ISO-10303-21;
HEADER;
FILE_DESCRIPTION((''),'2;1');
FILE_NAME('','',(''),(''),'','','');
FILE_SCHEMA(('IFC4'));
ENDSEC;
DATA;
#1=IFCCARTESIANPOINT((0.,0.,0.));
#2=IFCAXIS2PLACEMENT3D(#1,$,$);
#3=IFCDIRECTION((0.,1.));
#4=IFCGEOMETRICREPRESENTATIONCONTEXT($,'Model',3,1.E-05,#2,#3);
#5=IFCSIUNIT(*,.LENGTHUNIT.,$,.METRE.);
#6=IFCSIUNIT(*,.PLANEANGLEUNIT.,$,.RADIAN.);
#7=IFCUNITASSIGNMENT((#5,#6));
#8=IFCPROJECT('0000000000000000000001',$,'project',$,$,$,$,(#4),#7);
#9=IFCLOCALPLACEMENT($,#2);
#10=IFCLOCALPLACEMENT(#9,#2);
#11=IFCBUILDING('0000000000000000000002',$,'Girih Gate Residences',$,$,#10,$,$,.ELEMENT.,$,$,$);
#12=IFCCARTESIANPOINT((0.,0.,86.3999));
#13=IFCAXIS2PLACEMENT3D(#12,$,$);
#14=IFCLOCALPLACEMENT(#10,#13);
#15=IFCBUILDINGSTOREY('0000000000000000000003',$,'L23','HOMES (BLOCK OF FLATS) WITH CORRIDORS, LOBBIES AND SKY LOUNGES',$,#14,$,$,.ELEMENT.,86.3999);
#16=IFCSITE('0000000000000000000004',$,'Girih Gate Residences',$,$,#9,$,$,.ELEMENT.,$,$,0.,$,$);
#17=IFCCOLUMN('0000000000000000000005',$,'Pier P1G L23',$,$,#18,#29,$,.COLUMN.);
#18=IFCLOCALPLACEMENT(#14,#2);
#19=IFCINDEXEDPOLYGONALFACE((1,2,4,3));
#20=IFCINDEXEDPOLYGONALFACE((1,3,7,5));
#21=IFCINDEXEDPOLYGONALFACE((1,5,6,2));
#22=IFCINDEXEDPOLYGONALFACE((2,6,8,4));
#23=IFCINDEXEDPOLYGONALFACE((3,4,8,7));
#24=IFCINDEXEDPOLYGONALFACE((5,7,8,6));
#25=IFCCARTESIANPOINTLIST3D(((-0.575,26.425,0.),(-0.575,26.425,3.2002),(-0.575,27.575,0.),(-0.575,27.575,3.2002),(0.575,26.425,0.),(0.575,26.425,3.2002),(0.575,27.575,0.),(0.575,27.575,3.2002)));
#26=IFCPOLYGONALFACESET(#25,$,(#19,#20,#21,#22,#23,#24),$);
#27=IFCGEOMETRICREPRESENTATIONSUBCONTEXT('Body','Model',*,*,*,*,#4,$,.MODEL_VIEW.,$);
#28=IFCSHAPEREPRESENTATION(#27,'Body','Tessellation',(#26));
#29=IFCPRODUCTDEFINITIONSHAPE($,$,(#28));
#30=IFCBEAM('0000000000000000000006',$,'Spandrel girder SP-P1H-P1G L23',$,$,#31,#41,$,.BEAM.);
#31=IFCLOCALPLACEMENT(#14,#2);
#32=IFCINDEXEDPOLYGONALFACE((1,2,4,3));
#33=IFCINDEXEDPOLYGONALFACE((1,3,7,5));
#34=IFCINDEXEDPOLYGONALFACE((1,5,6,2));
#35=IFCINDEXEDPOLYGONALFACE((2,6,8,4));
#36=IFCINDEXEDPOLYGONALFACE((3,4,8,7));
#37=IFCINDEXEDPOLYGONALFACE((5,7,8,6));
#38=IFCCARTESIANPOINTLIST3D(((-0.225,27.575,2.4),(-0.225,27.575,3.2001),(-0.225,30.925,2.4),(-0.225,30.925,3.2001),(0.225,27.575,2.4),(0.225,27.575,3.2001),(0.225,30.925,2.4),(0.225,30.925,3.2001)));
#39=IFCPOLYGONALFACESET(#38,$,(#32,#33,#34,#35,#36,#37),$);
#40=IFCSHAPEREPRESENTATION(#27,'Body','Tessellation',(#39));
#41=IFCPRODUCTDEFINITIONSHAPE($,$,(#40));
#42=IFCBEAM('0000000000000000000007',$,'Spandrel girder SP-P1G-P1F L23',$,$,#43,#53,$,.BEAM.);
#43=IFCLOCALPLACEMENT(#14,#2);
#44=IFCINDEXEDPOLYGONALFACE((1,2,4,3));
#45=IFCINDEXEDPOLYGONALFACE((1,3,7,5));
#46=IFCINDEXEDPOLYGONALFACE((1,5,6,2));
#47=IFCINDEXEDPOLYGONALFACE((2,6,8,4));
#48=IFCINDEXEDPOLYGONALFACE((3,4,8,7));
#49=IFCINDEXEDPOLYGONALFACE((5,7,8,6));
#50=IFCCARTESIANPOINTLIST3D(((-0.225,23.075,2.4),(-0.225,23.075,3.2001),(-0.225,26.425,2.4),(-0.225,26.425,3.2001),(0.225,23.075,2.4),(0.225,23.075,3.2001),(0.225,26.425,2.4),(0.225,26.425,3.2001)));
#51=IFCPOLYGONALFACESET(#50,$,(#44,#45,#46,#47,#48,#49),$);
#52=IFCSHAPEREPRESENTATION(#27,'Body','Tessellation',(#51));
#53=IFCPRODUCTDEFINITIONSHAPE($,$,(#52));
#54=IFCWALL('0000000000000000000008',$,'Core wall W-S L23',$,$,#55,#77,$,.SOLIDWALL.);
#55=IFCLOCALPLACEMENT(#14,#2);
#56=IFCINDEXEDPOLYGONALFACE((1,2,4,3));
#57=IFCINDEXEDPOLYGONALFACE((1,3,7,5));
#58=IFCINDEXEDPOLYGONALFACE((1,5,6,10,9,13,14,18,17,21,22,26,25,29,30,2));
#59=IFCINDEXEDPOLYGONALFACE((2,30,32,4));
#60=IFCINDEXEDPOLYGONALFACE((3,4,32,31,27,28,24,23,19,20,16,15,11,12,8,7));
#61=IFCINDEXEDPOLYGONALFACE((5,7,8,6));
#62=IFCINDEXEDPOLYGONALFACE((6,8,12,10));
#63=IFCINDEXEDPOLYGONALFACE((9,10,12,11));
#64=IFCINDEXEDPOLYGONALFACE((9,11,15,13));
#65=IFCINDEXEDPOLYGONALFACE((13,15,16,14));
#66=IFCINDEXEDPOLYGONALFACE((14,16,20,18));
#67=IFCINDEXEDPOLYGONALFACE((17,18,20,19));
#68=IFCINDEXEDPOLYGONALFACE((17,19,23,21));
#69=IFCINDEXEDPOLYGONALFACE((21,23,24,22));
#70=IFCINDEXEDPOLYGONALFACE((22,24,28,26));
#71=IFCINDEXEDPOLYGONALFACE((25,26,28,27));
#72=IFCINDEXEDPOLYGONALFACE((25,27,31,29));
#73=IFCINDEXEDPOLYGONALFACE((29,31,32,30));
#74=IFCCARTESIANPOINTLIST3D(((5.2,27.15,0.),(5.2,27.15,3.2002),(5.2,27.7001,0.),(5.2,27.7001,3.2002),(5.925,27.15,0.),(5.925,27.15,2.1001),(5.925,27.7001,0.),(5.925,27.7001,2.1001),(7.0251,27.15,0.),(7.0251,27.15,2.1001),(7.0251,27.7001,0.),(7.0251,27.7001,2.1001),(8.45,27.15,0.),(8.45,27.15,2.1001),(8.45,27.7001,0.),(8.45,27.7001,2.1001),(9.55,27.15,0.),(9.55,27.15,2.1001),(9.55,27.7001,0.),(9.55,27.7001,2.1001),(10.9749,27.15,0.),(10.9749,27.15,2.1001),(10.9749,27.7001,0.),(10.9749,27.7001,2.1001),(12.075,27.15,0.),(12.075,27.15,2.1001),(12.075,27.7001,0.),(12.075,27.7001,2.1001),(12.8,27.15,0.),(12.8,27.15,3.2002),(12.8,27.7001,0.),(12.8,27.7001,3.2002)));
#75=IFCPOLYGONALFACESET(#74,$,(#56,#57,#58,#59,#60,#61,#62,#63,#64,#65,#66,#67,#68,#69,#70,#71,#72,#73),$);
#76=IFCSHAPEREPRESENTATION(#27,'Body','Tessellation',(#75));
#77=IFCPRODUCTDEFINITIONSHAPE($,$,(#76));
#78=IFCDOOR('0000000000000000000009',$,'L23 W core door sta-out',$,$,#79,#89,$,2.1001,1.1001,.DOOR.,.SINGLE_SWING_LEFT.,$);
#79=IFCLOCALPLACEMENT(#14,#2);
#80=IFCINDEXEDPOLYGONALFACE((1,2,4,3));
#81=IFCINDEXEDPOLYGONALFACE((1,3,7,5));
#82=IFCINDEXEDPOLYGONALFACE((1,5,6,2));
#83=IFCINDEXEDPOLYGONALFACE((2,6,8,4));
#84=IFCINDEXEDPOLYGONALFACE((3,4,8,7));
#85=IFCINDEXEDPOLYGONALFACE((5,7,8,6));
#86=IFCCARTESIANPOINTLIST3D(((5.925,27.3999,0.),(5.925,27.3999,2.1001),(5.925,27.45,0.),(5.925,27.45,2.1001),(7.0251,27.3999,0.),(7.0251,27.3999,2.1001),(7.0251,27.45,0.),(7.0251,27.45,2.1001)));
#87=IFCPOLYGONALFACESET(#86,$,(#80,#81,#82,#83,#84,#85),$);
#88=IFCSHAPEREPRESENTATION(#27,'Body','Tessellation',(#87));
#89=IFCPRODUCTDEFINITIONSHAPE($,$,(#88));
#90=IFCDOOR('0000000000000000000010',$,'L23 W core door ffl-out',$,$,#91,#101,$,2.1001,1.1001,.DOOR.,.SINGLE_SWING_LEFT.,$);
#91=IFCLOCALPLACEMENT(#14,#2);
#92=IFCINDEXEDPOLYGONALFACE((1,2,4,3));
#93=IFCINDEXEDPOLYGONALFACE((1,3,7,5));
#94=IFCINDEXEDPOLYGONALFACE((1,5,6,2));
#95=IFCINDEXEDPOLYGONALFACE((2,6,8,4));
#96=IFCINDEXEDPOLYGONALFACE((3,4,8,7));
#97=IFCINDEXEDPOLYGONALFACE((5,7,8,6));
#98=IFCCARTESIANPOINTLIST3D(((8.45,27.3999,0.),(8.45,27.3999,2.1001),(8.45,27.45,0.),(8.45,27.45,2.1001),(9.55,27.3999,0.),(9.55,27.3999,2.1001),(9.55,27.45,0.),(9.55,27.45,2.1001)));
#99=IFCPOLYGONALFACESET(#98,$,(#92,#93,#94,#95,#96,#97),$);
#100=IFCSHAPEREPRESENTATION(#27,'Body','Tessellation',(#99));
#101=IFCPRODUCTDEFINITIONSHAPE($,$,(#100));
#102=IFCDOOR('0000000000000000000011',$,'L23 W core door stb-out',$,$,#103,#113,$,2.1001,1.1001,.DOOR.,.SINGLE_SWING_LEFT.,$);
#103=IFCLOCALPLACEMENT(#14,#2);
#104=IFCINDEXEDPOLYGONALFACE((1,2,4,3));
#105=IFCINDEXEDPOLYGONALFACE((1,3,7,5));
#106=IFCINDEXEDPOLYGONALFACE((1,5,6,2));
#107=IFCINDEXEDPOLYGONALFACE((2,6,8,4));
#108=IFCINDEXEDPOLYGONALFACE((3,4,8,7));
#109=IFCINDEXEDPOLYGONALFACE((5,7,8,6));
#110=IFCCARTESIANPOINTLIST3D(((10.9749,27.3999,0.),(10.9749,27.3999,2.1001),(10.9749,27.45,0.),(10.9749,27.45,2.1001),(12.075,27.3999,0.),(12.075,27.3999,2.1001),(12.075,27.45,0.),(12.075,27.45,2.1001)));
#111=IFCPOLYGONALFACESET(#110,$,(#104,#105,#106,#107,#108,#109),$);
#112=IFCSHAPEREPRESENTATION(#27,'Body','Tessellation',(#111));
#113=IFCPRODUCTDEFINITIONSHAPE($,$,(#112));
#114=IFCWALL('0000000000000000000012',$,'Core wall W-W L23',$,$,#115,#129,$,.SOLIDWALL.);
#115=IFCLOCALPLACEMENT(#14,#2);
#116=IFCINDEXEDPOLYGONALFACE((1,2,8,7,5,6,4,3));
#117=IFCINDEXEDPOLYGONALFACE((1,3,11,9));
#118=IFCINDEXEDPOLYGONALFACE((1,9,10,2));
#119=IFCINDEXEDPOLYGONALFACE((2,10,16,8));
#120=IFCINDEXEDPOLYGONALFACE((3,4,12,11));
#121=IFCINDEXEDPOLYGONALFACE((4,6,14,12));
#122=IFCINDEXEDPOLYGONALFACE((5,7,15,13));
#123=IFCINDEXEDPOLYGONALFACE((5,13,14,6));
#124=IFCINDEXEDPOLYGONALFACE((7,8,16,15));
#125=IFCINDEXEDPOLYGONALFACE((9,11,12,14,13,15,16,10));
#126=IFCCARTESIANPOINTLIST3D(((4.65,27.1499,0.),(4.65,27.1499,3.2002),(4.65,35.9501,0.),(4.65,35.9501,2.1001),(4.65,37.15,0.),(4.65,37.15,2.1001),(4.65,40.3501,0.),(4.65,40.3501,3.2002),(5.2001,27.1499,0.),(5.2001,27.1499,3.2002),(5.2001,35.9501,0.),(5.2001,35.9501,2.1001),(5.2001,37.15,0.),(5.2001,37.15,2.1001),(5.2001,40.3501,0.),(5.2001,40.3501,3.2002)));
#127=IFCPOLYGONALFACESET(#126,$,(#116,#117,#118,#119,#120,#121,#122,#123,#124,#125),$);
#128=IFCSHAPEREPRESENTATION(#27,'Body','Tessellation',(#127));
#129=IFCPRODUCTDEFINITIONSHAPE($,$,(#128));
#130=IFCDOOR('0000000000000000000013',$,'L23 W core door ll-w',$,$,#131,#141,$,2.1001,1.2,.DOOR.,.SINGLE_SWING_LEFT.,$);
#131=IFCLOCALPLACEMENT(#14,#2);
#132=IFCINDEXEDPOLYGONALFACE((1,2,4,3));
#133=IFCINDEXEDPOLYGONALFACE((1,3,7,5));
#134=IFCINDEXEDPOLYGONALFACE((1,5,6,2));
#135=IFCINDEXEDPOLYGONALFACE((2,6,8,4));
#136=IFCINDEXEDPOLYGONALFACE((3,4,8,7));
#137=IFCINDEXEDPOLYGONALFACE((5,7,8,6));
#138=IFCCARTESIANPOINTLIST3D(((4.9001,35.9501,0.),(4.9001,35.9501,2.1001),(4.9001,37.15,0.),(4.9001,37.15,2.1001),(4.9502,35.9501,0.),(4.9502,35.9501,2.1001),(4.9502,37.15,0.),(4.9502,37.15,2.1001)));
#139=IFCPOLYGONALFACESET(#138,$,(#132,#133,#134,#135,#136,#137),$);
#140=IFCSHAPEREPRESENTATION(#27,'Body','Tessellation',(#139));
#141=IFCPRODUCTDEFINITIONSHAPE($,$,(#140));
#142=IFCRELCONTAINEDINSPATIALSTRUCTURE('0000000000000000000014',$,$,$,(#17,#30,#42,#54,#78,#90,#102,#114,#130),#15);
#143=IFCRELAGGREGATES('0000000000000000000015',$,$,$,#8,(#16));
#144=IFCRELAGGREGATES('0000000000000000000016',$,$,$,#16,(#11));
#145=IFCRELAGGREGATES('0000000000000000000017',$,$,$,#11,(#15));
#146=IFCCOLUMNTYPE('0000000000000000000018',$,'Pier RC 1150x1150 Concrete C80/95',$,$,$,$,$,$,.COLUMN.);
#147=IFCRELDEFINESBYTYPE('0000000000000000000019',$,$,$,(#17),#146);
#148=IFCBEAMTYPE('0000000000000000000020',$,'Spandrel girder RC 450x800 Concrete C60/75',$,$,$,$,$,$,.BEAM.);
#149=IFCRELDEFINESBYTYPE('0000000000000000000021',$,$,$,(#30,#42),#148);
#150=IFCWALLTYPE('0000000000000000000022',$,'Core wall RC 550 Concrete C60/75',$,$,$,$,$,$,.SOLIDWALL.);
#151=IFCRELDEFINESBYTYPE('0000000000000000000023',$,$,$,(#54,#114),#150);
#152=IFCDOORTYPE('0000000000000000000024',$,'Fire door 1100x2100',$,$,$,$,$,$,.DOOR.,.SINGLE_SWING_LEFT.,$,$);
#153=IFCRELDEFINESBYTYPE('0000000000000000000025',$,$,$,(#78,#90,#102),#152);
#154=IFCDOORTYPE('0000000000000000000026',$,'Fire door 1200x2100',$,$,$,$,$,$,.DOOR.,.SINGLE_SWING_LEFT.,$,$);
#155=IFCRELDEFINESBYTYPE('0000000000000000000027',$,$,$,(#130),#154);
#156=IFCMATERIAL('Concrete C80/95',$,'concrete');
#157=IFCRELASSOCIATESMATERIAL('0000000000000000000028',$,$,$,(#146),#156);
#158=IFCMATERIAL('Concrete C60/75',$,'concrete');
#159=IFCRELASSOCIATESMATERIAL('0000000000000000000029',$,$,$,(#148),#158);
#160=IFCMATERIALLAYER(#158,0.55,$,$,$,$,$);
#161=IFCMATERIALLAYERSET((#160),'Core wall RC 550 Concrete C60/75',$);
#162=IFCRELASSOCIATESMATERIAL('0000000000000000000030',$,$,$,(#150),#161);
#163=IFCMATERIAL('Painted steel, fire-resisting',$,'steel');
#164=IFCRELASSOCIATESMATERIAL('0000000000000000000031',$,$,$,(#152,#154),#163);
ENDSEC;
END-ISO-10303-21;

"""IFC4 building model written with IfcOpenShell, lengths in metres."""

from ifc_helpers import new_model, si_unit, direction, frame, frame_2d, origin, origin_2d, place, context, subcontext, project, spatial, rectangle, extrude, material, layer, layer_set, material_profile, profile_set, type_object, element, fill, save


model = new_model("IFC4")

# Units and contexts
model_context = context("Model", 3, precision=1e-05, world=origin(), true_north=direction((0.0, 1.0)))
body_context = subcontext(model_context, "Body", "Model", "MODEL_VIEW")
ifc_project = project(units=[si_unit("LENGTHUNIT", "METRE"), si_unit("PLANEANGLEUNIT", "RADIAN")], contexts=[model_context])

# Site, building, storey
site_placement = place(None, origin())
site = spatial("IfcSite", under=ifc_project, at=site_placement, Name="Girih Gate Residences", CompositionType="ELEMENT", RefElevation=0.0)
building_placement = place(site_placement, origin())
building = spatial("IfcBuilding", under=site, at=building_placement, Name="Girih Gate Residences", CompositionType="ELEMENT")
storey_placement = place(building_placement, frame((0.0, 0.0, 86.3999)))
storey = spatial("IfcBuildingStorey", under=building, at=storey_placement, Name="L23", Description="HOMES (BLOCK OF FLATS) WITH CORRIDORS, LOBBIES AND SKY LOUNGES", CompositionType="ELEMENT", Elevation=86.3999)

# Column
ifc_material_1 = material(Name="Concrete C80/95", Category="concrete")
ifc_material_profile_1 = material_profile(ifc_material_1, rectangle(XDim=1.1499, YDim=1.1499, at=origin_2d()))
ifc_profile_set_1 = profile_set([ifc_material_profile_1], Name="Concrete C80/95")
column_type = type_object("IfcColumnType", Name="Pier RC 1150x1150 Concrete C80/95", PredefinedType="COLUMN", material=ifc_profile_set_1)
column_placement = place(storey_placement, frame((0.0, 27.0, 0.0), z_axis=(0.0, 0.0, 1.0), x_axis=(1.0, 0.0, 0.0)))
element("IfcColumn", 1, at=column_placement, inside=storey, type_object=column_type, Name="Pier P1G L23", PredefinedType="COLUMN", context=body_context, shape_type="SweptSolid", body=[
    extrude(rectangle(XDim=1.1499, YDim=1.1499, at=origin_2d()), origin(), (0.0, 0.0, 1.0), 3.2002),
])

# Beams
ifc_material_2 = material(Name="Concrete C60/75", Category="concrete")
ifc_material_profile_2 = material_profile(ifc_material_2, rectangle(XDim=0.45, YDim=0.8, at=origin_2d()))
ifc_profile_set_2 = profile_set([ifc_material_profile_2], Name="Concrete C60/75")
beam_type = type_object("IfcBeamType", Name="Spandrel girder RC 450x800 Concrete C60/75", PredefinedType="BEAM", material=ifc_profile_set_2)
for number, where, z_axis, x_axis, name in (
    (2, (0.0, 30.925, 2.8), (0.0, -1.0, 0.0), (1.0, 0.0, 0.0), "Spandrel girder SP-P1H-P1G L23"),
    (3, (0.0, 26.425, 2.8), (0.0, -1.0, 0.0), (1.0, 0.0, 0.0), "Spandrel girder SP-P1G-P1F L23"),
):
    element("IfcBeam", number, at=place(storey_placement, frame(where, z_axis=z_axis, x_axis=x_axis)), inside=storey, type_object=beam_type, Name=name, PredefinedType="BEAM", context=body_context, shape_type="SweptSolid", body=[
        extrude(rectangle(XDim=0.45, YDim=0.8, at=origin_2d()), origin(), (0.0, 0.0, 1.0), 3.3501),
    ])

# Wall, openings, doors
ifc_layer_1 = layer(ifc_material_2, 0.55)
ifc_layer_set_1 = layer_set([ifc_layer_1], Name="Core wall RC 550 Concrete C60/75")
wall_type_1 = type_object("IfcWallType", Name="Core wall RC 550 Concrete C60/75", PredefinedType="SOLIDWALL", material=ifc_layer_set_1)
wall_1_placement = place(storey_placement, frame((5.2, 27.425, 0.0), z_axis=(0.0, 0.0, 1.0), x_axis=(1.0, 0.0, 0.0)))
wall_1 = element("IfcWall", 4, at=wall_1_placement, inside=storey, type_object=wall_type_1, Name="Core wall W-S L23", PredefinedType="SOLIDWALL", context=body_context, shape_type="SweptSolid", body=[
    extrude(rectangle(XDim=7.6001, YDim=0.55, at=frame_2d((3.8, 0.0))), origin(), (0.0, 0.0, 1.0), 3.2002),
])
opening_1_placement = place(wall_1_placement, frame((0.7251, 0.0, 0.0)))
opening_1 = element("IfcOpeningElement", 5, at=opening_1_placement, cuts=wall_1, PredefinedType="OPENING", context=body_context, shape_type="SweptSolid", body=[
    extrude(rectangle(XDim=1.1001, YDim=2.1001, at=frame_2d((0.55, 1.05))), frame((0.0, 0.2849, 0.0), z_axis=(0.0, -1.0, 0.0), x_axis=(1.0, 0.0, 0.0)), (0.0, 0.0, 1.0), 0.5701),
])
opening_2_placement = place(wall_1_placement, frame((3.25, 0.0, 0.0)))
opening_2 = element("IfcOpeningElement", 6, at=opening_2_placement, cuts=wall_1, PredefinedType="OPENING", context=body_context, shape_type="SweptSolid", body=[
    extrude(rectangle(XDim=1.1001, YDim=2.1001, at=frame_2d((0.55, 1.05))), frame((0.0, 0.2849, 0.0), z_axis=(0.0, -1.0, 0.0), x_axis=(1.0, 0.0, 0.0)), (0.0, 0.0, 1.0), 0.5701),
])
opening_3_placement = place(wall_1_placement, frame((5.7749, 0.0, 0.0)))
opening_3 = element("IfcOpeningElement", 7, at=opening_3_placement, cuts=wall_1, PredefinedType="OPENING", context=body_context, shape_type="SweptSolid", body=[
    extrude(rectangle(XDim=1.1001, YDim=2.1001, at=frame_2d((0.55, 1.05))), frame((0.0, 0.2849, 0.0), z_axis=(0.0, -1.0, 0.0), x_axis=(1.0, 0.0, 0.0)), (0.0, 0.0, 1.0), 0.5701),
])
ifc_material_3 = material(Name="Painted steel, fire-resisting", Category="steel")
door_type_1 = type_object("IfcDoorType", Name="Fire door 1100x2100", OperationType="SINGLE_SWING_LEFT", PredefinedType="DOOR", material=ifc_material_3)
door_1_placement = place(opening_1_placement, origin())
door_1 = element("IfcDoor", 8, at=door_1_placement, inside=storey, type_object=door_type_1, Name="L23 W core door sta-out", OperationType="SINGLE_SWING_LEFT", OverallHeight=2.1001, OverallWidth=1.1001, PredefinedType="DOOR", context=body_context, shape_type="SweptSolid", body=[
    extrude(rectangle(XDim=1.1001, YDim=2.1001, at=frame_2d((0.55, 1.05))), frame((0.0, 0.0249, 0.0), z_axis=(0.0, -1.0, 0.0), x_axis=(1.0, 0.0, 0.0)), (0.0, 0.0, 1.0), 0.05),
])
fill(opening_1, door_1)
door_2_placement = place(opening_2_placement, origin())
door_2 = element("IfcDoor", 9, at=door_2_placement, inside=storey, type_object=door_type_1, Name="L23 W core door ffl-out", OperationType="SINGLE_SWING_LEFT", OverallHeight=2.1001, OverallWidth=1.1001, PredefinedType="DOOR", context=body_context, shape_type="SweptSolid", body=[
    extrude(rectangle(XDim=1.1001, YDim=2.1001, at=frame_2d((0.55, 1.05))), frame((0.0, 0.0249, 0.0), z_axis=(0.0, -1.0, 0.0), x_axis=(1.0, 0.0, 0.0)), (0.0, 0.0, 1.0), 0.05),
])
fill(opening_2, door_2)
door_3_placement = place(opening_3_placement, origin())
door_3 = element("IfcDoor", 10, at=door_3_placement, inside=storey, type_object=door_type_1, Name="L23 W core door stb-out", OperationType="SINGLE_SWING_LEFT", OverallHeight=2.1001, OverallWidth=1.1001, PredefinedType="DOOR", context=body_context, shape_type="SweptSolid", body=[
    extrude(rectangle(XDim=1.1001, YDim=2.1001, at=frame_2d((0.55, 1.05))), frame((0.0, 0.0249, 0.0), z_axis=(0.0, -1.0, 0.0), x_axis=(1.0, 0.0, 0.0)), (0.0, 0.0, 1.0), 0.05),
])
fill(opening_3, door_3)

# Wall, opening, door
wall_2_placement = place(storey_placement, frame((4.925, 27.1499, 0.0), z_axis=(0.0, 0.0, 1.0), x_axis=(0.0, 1.0, 0.0)))
wall_2 = element("IfcWall", 11, at=wall_2_placement, inside=storey, type_object=wall_type_1, Name="Core wall W-W L23", PredefinedType="SOLIDWALL", context=body_context, shape_type="SweptSolid", body=[
    extrude(rectangle(XDim=13.2002, YDim=0.55, at=frame_2d((6.6001, 0.0))), origin(), (0.0, 0.0, 1.0), 3.2002),
])
opening_4_placement = place(wall_2_placement, frame((8.8, 0.0, 0.0)))
opening_4 = element("IfcOpeningElement", 12, at=opening_4_placement, cuts=wall_2, PredefinedType="OPENING", context=body_context, shape_type="SweptSolid", body=[
    extrude(rectangle(XDim=1.2, YDim=2.1001, at=frame_2d((0.6001, 1.05))), frame((0.0, 0.2849, 0.0), z_axis=(0.0, -1.0, 0.0), x_axis=(1.0, 0.0, 0.0)), (0.0, 0.0, 1.0), 0.5701),
])
door_type_2 = type_object("IfcDoorType", Name="Fire door 1200x2100", OperationType="SINGLE_SWING_LEFT", PredefinedType="DOOR", material=ifc_material_3)
door_4_placement = place(opening_4_placement, origin())
door_4 = element("IfcDoor", 13, at=door_4_placement, inside=storey, type_object=door_type_2, Name="L23 W core door ll-w", OperationType="SINGLE_SWING_LEFT", OverallHeight=2.1001, OverallWidth=1.2, PredefinedType="DOOR", context=body_context, shape_type="SweptSolid", body=[
    extrude(rectangle(XDim=1.2, YDim=2.1001, at=frame_2d((0.6001, 1.05))), frame((0.0, 0.0249, 0.0), z_axis=(0.0, -1.0, 0.0), x_axis=(1.0, 0.0, 0.0)), (0.0, 0.0, 1.0), 0.05),
])
fill(opening_4, door_4)

save(model, "model.ifc")
